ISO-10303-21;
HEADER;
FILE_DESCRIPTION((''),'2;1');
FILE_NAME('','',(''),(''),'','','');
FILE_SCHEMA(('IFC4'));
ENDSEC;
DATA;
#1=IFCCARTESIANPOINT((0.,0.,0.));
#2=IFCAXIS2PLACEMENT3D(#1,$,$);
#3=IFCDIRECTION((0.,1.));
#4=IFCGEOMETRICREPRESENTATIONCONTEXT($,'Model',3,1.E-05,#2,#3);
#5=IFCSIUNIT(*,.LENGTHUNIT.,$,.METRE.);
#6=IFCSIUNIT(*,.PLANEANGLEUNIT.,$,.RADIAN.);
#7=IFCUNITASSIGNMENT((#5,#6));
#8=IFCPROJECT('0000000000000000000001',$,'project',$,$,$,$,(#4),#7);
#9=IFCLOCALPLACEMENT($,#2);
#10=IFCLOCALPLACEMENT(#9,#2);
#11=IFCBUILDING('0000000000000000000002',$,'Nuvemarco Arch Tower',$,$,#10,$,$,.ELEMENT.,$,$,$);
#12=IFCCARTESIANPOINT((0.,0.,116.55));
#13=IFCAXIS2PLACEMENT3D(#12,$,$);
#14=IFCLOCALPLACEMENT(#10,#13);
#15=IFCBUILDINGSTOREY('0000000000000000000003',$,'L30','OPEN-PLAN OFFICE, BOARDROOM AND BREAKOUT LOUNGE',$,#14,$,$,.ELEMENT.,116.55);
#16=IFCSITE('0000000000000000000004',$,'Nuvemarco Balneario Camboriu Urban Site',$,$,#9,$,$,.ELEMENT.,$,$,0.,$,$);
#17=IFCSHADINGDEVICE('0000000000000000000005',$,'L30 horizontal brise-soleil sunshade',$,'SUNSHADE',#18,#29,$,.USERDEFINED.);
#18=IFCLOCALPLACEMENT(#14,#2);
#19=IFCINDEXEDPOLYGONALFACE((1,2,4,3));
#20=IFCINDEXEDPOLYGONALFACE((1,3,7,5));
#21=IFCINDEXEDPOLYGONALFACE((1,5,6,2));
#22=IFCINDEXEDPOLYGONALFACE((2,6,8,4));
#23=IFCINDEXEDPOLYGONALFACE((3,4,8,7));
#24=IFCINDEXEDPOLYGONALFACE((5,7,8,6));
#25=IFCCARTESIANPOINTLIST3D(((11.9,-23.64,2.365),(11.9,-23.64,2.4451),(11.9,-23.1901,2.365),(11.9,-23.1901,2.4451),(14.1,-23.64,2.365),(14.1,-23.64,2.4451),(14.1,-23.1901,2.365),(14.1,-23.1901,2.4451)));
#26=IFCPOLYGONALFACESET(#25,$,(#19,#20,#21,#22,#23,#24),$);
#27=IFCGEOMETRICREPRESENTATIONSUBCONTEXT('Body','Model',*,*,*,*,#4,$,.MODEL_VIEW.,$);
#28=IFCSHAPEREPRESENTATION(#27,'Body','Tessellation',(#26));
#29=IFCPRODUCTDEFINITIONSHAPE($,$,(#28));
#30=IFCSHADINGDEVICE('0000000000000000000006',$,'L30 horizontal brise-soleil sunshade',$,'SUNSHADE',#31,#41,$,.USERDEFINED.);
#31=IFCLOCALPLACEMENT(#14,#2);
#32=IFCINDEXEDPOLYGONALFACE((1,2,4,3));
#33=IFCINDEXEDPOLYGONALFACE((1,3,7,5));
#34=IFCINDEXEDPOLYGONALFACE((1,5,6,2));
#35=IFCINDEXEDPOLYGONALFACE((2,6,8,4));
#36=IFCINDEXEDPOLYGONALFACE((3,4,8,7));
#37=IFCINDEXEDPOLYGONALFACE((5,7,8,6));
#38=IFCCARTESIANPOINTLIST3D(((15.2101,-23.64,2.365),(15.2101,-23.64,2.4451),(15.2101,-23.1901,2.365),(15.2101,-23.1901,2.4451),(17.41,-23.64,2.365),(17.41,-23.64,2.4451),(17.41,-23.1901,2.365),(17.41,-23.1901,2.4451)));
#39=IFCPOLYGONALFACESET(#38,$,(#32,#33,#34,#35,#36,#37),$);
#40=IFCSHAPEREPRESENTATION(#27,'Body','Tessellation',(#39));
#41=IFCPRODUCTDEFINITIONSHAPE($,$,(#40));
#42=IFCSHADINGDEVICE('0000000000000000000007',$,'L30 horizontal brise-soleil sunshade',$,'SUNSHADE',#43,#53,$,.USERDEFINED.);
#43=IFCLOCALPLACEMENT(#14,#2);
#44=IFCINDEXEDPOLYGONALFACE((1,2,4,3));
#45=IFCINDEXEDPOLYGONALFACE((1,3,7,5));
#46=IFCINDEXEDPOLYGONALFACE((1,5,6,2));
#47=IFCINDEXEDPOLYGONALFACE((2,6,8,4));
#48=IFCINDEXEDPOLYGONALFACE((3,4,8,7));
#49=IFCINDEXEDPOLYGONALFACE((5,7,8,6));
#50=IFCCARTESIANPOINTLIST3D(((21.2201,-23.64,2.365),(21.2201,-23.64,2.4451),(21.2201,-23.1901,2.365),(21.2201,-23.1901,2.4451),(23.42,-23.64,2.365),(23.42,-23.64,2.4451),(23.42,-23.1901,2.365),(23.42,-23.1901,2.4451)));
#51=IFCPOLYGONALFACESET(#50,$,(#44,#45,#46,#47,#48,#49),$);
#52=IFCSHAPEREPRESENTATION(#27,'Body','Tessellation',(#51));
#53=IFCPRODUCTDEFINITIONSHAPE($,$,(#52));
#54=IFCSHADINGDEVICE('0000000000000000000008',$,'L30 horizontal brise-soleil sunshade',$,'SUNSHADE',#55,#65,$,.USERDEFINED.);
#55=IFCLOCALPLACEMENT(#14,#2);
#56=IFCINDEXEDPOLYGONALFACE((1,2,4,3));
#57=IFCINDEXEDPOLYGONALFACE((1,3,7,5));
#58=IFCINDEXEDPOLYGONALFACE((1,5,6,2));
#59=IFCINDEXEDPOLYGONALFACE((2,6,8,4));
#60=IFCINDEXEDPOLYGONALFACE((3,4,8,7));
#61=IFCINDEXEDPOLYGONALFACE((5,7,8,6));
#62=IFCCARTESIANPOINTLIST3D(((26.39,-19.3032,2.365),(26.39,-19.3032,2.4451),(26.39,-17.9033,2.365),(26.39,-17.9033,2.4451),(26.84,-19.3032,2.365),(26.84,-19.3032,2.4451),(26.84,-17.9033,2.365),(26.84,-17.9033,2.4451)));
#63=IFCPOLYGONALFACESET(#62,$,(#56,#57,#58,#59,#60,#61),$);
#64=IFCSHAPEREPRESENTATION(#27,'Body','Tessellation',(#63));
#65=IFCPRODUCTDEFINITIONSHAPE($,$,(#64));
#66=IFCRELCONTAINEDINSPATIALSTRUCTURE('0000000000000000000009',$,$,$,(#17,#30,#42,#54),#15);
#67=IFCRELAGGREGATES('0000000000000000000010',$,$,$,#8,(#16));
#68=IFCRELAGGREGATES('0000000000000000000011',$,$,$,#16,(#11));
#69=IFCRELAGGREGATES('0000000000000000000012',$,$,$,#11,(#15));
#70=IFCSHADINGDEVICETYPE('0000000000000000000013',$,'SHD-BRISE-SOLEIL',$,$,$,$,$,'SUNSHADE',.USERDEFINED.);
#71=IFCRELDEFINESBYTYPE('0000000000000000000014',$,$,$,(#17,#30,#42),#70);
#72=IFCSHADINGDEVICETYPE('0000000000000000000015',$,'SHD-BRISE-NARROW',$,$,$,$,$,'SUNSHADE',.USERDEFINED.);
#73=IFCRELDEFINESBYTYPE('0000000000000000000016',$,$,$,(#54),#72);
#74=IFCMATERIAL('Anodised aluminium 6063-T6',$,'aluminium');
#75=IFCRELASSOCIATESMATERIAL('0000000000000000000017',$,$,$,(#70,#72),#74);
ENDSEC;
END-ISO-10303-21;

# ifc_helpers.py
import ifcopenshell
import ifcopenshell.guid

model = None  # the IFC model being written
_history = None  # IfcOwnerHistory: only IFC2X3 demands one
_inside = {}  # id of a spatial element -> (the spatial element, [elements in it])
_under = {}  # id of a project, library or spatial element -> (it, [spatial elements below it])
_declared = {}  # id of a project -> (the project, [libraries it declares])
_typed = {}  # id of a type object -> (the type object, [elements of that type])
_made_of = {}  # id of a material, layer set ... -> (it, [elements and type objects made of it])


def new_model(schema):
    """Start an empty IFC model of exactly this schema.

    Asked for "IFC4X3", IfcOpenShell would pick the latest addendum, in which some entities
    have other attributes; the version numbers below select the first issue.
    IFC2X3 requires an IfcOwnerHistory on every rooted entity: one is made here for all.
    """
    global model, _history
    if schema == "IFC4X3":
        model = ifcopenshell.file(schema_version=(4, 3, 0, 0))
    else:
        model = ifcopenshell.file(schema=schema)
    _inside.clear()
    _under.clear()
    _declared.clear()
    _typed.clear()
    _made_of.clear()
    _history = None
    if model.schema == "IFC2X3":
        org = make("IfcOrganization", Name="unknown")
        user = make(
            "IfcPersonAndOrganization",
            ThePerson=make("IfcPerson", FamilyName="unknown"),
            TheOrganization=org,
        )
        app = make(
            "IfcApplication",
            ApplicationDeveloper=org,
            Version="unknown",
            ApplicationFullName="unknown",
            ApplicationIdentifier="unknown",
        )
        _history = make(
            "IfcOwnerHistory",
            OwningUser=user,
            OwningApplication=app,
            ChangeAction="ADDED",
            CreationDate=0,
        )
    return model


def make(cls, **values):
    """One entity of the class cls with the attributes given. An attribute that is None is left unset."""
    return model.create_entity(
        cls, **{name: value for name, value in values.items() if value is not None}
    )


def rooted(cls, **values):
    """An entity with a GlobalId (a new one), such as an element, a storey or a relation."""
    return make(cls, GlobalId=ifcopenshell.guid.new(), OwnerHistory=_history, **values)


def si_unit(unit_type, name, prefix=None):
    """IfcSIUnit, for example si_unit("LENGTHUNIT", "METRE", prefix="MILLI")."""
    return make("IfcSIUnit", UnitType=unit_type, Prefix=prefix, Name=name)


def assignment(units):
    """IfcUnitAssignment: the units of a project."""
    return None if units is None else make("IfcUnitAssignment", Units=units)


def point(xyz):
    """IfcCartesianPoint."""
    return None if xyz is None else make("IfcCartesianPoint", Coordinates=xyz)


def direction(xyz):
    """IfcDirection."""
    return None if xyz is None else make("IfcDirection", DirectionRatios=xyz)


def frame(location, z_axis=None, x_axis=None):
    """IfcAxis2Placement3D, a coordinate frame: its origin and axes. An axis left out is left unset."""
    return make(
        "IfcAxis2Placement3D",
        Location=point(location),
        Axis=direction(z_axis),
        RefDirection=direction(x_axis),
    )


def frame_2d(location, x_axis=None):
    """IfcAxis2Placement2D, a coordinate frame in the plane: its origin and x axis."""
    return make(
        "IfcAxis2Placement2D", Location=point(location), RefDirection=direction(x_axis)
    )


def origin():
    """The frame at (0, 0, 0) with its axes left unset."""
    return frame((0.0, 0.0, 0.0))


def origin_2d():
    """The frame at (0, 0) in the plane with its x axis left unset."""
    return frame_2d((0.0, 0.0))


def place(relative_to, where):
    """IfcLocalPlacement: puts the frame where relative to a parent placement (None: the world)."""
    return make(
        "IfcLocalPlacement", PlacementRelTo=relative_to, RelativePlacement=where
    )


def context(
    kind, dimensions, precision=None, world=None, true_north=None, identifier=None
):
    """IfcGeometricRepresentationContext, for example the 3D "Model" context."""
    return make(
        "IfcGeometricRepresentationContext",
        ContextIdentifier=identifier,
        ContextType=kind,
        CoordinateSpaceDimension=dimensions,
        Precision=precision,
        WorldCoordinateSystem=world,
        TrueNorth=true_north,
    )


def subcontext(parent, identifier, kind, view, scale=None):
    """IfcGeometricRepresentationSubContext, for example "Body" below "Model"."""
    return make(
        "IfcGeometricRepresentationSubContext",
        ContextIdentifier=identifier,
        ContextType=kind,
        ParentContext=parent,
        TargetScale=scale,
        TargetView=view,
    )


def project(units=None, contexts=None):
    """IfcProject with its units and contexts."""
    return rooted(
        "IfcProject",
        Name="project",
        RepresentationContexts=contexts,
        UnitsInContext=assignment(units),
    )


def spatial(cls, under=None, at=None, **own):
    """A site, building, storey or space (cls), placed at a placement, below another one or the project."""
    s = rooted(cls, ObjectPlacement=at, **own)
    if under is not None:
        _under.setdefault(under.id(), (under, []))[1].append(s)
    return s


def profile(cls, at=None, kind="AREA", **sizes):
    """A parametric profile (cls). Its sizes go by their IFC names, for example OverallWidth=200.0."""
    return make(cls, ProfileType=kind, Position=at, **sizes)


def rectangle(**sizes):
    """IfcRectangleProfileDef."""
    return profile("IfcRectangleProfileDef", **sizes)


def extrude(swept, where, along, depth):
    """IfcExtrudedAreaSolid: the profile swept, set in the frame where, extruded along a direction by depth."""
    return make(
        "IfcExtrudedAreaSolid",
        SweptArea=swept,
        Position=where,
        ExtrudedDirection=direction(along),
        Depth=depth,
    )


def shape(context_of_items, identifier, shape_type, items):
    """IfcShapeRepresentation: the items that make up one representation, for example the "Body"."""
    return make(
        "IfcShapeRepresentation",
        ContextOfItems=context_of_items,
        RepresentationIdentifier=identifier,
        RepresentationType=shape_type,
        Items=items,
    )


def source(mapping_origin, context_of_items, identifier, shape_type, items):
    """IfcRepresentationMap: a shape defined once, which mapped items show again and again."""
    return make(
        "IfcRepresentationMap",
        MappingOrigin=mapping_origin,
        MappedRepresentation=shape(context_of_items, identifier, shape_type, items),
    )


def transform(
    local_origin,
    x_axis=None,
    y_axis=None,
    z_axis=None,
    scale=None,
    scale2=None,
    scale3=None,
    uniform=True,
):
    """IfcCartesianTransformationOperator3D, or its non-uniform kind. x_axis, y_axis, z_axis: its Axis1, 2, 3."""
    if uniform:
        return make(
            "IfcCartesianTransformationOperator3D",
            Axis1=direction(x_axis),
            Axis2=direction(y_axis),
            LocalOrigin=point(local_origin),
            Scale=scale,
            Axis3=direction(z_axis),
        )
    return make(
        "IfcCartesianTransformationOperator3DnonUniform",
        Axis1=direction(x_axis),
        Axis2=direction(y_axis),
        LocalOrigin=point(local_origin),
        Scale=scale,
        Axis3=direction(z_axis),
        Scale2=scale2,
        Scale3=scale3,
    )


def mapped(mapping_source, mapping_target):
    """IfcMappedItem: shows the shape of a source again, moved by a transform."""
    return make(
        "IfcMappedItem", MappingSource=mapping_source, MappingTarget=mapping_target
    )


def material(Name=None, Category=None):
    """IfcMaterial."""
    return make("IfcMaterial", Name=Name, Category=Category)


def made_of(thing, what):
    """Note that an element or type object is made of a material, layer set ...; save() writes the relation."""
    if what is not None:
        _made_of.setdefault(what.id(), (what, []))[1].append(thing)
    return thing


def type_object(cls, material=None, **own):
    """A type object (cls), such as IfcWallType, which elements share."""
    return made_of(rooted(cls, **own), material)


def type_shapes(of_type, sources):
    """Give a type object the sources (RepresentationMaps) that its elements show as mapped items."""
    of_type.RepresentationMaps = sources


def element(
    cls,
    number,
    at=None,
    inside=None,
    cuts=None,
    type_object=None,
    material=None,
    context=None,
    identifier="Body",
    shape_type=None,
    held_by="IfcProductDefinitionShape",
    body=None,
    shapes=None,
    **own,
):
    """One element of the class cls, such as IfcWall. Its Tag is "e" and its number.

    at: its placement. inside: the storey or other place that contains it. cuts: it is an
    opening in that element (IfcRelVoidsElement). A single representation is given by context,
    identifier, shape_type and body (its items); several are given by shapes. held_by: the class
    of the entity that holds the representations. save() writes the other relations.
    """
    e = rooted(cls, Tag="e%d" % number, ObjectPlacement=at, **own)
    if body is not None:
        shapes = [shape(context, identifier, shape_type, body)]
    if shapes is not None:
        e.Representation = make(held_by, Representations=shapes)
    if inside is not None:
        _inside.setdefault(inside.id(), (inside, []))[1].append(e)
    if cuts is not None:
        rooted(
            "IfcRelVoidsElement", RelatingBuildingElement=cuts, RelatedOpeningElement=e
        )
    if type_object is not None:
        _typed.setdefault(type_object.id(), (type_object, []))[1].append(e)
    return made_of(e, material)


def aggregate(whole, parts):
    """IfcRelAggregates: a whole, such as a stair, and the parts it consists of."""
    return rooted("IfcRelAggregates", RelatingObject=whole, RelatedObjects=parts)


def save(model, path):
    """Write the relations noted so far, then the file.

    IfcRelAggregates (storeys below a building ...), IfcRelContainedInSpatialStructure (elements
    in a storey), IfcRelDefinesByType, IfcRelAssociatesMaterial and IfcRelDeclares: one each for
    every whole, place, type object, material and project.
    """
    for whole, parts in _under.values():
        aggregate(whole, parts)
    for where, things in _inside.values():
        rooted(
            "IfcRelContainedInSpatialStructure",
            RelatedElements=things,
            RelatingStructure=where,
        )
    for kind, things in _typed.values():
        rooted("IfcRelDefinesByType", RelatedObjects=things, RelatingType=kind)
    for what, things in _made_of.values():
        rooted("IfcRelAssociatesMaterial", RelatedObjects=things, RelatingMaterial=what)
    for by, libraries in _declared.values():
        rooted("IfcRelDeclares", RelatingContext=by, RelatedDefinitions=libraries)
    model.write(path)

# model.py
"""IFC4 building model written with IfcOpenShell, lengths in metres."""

from ifc_helpers import new_model, si_unit, direction, frame, origin, origin_2d, place, context, subcontext, project, spatial, rectangle, extrude, source, transform, mapped, material, type_object, type_shapes, element, save


model = new_model("IFC4")

# Units and contexts
model_context = context("Model", 3, precision=1e-05, world=origin(), true_north=direction((0.0, 1.0)))
body_context = subcontext(model_context, "Body", "Model", "MODEL_VIEW")
ifc_project = project(units=[si_unit("LENGTHUNIT", "METRE"), si_unit("PLANEANGLEUNIT", "RADIAN")], contexts=[model_context])

# Site, building, storey
site_placement = place(None, origin())
site = spatial("IfcSite", under=ifc_project, at=site_placement, Name="Nuvemarco Balneario Camboriu Urban Site", CompositionType="ELEMENT", RefElevation=0.0)
building_placement = place(site_placement, origin())
building = spatial("IfcBuilding", under=site, at=building_placement, Name="Nuvemarco Arch Tower", CompositionType="ELEMENT")
storey_placement = place(building_placement, frame((0.0, 0.0, 116.55)))
storey = spatial("IfcBuildingStorey", under=building, at=storey_placement, Name="L30", Description="OPEN-PLAN OFFICE, BOARDROOM AND BREAKOUT LOUNGE", CompositionType="ELEMENT", Elevation=116.55)

# Shading devices
ifc_material_1 = material(Name="Anodised aluminium 6063-T6", Category="aluminium")
shading_device_type_1 = type_object("IfcShadingDeviceType", Name="SHD-BRISE-SOLEIL", ElementType="SUNSHADE", PredefinedType="USERDEFINED", material=ifc_material_1)
shared_shape_1 = source(origin(), body_context, "Body", "SweptSolid", [
    extrude(rectangle(XDim=2.2, YDim=0.45, at=origin_2d()), origin(), (0.0, 0.0, 1.0), 0.0801),
])
type_shapes(shading_device_type_1, [shared_shape_1])
for number, where, z_axis, x_axis, name in (
    (1, (13.0, -23.415, 2.365), (0.0, 0.0, 1.0), (1.0, 0.0, 0.0), "L30 horizontal brise-soleil sunshade"),
    (2, (16.3101, -23.415, 2.365), (0.0, 0.0, 1.0), (1.0, 0.0, 0.0), "L30 horizontal brise-soleil sunshade"),
    (3, (22.3201, -23.415, 2.365), (0.0, 0.0, 1.0), (1.0, 0.0, 0.0), "L30 horizontal brise-soleil sunshade"),
):
    element("IfcShadingDevice", number, at=place(storey_placement, frame(where, z_axis=z_axis, x_axis=x_axis)), inside=storey, type_object=shading_device_type_1, Name=name, ObjectType="SUNSHADE", PredefinedType="USERDEFINED", context=body_context, shape_type="MappedRepresentation", body=[
        mapped(shared_shape_1, transform((0.0, 0.0, 0.0), scale=1.0)),
    ])
shading_device_type_2 = type_object("IfcShadingDeviceType", Name="SHD-BRISE-NARROW", ElementType="SUNSHADE", PredefinedType="USERDEFINED", material=ifc_material_1)
shared_shape_2 = source(origin(), body_context, "Body", "SweptSolid", [
    extrude(rectangle(XDim=1.3999, YDim=0.45, at=origin_2d()), origin(), (0.0, 0.0, 1.0), 0.0801),
])
type_shapes(shading_device_type_2, [shared_shape_2])
shading_device_placement = place(storey_placement, frame((26.615, -18.6033, 2.365), z_axis=(0.0, 0.0, 1.0), x_axis=(0.0, 1.0, 0.0)))
element("IfcShadingDevice", 4, at=shading_device_placement, inside=storey, type_object=shading_device_type_2, Name="L30 horizontal brise-soleil sunshade", ObjectType="SUNSHADE", PredefinedType="USERDEFINED", context=body_context, shape_type="MappedRepresentation", body=[
    mapped(shared_shape_2, transform((0.0, 0.0, 0.0), scale=1.0)),
])

save(model, "model.ifc")
